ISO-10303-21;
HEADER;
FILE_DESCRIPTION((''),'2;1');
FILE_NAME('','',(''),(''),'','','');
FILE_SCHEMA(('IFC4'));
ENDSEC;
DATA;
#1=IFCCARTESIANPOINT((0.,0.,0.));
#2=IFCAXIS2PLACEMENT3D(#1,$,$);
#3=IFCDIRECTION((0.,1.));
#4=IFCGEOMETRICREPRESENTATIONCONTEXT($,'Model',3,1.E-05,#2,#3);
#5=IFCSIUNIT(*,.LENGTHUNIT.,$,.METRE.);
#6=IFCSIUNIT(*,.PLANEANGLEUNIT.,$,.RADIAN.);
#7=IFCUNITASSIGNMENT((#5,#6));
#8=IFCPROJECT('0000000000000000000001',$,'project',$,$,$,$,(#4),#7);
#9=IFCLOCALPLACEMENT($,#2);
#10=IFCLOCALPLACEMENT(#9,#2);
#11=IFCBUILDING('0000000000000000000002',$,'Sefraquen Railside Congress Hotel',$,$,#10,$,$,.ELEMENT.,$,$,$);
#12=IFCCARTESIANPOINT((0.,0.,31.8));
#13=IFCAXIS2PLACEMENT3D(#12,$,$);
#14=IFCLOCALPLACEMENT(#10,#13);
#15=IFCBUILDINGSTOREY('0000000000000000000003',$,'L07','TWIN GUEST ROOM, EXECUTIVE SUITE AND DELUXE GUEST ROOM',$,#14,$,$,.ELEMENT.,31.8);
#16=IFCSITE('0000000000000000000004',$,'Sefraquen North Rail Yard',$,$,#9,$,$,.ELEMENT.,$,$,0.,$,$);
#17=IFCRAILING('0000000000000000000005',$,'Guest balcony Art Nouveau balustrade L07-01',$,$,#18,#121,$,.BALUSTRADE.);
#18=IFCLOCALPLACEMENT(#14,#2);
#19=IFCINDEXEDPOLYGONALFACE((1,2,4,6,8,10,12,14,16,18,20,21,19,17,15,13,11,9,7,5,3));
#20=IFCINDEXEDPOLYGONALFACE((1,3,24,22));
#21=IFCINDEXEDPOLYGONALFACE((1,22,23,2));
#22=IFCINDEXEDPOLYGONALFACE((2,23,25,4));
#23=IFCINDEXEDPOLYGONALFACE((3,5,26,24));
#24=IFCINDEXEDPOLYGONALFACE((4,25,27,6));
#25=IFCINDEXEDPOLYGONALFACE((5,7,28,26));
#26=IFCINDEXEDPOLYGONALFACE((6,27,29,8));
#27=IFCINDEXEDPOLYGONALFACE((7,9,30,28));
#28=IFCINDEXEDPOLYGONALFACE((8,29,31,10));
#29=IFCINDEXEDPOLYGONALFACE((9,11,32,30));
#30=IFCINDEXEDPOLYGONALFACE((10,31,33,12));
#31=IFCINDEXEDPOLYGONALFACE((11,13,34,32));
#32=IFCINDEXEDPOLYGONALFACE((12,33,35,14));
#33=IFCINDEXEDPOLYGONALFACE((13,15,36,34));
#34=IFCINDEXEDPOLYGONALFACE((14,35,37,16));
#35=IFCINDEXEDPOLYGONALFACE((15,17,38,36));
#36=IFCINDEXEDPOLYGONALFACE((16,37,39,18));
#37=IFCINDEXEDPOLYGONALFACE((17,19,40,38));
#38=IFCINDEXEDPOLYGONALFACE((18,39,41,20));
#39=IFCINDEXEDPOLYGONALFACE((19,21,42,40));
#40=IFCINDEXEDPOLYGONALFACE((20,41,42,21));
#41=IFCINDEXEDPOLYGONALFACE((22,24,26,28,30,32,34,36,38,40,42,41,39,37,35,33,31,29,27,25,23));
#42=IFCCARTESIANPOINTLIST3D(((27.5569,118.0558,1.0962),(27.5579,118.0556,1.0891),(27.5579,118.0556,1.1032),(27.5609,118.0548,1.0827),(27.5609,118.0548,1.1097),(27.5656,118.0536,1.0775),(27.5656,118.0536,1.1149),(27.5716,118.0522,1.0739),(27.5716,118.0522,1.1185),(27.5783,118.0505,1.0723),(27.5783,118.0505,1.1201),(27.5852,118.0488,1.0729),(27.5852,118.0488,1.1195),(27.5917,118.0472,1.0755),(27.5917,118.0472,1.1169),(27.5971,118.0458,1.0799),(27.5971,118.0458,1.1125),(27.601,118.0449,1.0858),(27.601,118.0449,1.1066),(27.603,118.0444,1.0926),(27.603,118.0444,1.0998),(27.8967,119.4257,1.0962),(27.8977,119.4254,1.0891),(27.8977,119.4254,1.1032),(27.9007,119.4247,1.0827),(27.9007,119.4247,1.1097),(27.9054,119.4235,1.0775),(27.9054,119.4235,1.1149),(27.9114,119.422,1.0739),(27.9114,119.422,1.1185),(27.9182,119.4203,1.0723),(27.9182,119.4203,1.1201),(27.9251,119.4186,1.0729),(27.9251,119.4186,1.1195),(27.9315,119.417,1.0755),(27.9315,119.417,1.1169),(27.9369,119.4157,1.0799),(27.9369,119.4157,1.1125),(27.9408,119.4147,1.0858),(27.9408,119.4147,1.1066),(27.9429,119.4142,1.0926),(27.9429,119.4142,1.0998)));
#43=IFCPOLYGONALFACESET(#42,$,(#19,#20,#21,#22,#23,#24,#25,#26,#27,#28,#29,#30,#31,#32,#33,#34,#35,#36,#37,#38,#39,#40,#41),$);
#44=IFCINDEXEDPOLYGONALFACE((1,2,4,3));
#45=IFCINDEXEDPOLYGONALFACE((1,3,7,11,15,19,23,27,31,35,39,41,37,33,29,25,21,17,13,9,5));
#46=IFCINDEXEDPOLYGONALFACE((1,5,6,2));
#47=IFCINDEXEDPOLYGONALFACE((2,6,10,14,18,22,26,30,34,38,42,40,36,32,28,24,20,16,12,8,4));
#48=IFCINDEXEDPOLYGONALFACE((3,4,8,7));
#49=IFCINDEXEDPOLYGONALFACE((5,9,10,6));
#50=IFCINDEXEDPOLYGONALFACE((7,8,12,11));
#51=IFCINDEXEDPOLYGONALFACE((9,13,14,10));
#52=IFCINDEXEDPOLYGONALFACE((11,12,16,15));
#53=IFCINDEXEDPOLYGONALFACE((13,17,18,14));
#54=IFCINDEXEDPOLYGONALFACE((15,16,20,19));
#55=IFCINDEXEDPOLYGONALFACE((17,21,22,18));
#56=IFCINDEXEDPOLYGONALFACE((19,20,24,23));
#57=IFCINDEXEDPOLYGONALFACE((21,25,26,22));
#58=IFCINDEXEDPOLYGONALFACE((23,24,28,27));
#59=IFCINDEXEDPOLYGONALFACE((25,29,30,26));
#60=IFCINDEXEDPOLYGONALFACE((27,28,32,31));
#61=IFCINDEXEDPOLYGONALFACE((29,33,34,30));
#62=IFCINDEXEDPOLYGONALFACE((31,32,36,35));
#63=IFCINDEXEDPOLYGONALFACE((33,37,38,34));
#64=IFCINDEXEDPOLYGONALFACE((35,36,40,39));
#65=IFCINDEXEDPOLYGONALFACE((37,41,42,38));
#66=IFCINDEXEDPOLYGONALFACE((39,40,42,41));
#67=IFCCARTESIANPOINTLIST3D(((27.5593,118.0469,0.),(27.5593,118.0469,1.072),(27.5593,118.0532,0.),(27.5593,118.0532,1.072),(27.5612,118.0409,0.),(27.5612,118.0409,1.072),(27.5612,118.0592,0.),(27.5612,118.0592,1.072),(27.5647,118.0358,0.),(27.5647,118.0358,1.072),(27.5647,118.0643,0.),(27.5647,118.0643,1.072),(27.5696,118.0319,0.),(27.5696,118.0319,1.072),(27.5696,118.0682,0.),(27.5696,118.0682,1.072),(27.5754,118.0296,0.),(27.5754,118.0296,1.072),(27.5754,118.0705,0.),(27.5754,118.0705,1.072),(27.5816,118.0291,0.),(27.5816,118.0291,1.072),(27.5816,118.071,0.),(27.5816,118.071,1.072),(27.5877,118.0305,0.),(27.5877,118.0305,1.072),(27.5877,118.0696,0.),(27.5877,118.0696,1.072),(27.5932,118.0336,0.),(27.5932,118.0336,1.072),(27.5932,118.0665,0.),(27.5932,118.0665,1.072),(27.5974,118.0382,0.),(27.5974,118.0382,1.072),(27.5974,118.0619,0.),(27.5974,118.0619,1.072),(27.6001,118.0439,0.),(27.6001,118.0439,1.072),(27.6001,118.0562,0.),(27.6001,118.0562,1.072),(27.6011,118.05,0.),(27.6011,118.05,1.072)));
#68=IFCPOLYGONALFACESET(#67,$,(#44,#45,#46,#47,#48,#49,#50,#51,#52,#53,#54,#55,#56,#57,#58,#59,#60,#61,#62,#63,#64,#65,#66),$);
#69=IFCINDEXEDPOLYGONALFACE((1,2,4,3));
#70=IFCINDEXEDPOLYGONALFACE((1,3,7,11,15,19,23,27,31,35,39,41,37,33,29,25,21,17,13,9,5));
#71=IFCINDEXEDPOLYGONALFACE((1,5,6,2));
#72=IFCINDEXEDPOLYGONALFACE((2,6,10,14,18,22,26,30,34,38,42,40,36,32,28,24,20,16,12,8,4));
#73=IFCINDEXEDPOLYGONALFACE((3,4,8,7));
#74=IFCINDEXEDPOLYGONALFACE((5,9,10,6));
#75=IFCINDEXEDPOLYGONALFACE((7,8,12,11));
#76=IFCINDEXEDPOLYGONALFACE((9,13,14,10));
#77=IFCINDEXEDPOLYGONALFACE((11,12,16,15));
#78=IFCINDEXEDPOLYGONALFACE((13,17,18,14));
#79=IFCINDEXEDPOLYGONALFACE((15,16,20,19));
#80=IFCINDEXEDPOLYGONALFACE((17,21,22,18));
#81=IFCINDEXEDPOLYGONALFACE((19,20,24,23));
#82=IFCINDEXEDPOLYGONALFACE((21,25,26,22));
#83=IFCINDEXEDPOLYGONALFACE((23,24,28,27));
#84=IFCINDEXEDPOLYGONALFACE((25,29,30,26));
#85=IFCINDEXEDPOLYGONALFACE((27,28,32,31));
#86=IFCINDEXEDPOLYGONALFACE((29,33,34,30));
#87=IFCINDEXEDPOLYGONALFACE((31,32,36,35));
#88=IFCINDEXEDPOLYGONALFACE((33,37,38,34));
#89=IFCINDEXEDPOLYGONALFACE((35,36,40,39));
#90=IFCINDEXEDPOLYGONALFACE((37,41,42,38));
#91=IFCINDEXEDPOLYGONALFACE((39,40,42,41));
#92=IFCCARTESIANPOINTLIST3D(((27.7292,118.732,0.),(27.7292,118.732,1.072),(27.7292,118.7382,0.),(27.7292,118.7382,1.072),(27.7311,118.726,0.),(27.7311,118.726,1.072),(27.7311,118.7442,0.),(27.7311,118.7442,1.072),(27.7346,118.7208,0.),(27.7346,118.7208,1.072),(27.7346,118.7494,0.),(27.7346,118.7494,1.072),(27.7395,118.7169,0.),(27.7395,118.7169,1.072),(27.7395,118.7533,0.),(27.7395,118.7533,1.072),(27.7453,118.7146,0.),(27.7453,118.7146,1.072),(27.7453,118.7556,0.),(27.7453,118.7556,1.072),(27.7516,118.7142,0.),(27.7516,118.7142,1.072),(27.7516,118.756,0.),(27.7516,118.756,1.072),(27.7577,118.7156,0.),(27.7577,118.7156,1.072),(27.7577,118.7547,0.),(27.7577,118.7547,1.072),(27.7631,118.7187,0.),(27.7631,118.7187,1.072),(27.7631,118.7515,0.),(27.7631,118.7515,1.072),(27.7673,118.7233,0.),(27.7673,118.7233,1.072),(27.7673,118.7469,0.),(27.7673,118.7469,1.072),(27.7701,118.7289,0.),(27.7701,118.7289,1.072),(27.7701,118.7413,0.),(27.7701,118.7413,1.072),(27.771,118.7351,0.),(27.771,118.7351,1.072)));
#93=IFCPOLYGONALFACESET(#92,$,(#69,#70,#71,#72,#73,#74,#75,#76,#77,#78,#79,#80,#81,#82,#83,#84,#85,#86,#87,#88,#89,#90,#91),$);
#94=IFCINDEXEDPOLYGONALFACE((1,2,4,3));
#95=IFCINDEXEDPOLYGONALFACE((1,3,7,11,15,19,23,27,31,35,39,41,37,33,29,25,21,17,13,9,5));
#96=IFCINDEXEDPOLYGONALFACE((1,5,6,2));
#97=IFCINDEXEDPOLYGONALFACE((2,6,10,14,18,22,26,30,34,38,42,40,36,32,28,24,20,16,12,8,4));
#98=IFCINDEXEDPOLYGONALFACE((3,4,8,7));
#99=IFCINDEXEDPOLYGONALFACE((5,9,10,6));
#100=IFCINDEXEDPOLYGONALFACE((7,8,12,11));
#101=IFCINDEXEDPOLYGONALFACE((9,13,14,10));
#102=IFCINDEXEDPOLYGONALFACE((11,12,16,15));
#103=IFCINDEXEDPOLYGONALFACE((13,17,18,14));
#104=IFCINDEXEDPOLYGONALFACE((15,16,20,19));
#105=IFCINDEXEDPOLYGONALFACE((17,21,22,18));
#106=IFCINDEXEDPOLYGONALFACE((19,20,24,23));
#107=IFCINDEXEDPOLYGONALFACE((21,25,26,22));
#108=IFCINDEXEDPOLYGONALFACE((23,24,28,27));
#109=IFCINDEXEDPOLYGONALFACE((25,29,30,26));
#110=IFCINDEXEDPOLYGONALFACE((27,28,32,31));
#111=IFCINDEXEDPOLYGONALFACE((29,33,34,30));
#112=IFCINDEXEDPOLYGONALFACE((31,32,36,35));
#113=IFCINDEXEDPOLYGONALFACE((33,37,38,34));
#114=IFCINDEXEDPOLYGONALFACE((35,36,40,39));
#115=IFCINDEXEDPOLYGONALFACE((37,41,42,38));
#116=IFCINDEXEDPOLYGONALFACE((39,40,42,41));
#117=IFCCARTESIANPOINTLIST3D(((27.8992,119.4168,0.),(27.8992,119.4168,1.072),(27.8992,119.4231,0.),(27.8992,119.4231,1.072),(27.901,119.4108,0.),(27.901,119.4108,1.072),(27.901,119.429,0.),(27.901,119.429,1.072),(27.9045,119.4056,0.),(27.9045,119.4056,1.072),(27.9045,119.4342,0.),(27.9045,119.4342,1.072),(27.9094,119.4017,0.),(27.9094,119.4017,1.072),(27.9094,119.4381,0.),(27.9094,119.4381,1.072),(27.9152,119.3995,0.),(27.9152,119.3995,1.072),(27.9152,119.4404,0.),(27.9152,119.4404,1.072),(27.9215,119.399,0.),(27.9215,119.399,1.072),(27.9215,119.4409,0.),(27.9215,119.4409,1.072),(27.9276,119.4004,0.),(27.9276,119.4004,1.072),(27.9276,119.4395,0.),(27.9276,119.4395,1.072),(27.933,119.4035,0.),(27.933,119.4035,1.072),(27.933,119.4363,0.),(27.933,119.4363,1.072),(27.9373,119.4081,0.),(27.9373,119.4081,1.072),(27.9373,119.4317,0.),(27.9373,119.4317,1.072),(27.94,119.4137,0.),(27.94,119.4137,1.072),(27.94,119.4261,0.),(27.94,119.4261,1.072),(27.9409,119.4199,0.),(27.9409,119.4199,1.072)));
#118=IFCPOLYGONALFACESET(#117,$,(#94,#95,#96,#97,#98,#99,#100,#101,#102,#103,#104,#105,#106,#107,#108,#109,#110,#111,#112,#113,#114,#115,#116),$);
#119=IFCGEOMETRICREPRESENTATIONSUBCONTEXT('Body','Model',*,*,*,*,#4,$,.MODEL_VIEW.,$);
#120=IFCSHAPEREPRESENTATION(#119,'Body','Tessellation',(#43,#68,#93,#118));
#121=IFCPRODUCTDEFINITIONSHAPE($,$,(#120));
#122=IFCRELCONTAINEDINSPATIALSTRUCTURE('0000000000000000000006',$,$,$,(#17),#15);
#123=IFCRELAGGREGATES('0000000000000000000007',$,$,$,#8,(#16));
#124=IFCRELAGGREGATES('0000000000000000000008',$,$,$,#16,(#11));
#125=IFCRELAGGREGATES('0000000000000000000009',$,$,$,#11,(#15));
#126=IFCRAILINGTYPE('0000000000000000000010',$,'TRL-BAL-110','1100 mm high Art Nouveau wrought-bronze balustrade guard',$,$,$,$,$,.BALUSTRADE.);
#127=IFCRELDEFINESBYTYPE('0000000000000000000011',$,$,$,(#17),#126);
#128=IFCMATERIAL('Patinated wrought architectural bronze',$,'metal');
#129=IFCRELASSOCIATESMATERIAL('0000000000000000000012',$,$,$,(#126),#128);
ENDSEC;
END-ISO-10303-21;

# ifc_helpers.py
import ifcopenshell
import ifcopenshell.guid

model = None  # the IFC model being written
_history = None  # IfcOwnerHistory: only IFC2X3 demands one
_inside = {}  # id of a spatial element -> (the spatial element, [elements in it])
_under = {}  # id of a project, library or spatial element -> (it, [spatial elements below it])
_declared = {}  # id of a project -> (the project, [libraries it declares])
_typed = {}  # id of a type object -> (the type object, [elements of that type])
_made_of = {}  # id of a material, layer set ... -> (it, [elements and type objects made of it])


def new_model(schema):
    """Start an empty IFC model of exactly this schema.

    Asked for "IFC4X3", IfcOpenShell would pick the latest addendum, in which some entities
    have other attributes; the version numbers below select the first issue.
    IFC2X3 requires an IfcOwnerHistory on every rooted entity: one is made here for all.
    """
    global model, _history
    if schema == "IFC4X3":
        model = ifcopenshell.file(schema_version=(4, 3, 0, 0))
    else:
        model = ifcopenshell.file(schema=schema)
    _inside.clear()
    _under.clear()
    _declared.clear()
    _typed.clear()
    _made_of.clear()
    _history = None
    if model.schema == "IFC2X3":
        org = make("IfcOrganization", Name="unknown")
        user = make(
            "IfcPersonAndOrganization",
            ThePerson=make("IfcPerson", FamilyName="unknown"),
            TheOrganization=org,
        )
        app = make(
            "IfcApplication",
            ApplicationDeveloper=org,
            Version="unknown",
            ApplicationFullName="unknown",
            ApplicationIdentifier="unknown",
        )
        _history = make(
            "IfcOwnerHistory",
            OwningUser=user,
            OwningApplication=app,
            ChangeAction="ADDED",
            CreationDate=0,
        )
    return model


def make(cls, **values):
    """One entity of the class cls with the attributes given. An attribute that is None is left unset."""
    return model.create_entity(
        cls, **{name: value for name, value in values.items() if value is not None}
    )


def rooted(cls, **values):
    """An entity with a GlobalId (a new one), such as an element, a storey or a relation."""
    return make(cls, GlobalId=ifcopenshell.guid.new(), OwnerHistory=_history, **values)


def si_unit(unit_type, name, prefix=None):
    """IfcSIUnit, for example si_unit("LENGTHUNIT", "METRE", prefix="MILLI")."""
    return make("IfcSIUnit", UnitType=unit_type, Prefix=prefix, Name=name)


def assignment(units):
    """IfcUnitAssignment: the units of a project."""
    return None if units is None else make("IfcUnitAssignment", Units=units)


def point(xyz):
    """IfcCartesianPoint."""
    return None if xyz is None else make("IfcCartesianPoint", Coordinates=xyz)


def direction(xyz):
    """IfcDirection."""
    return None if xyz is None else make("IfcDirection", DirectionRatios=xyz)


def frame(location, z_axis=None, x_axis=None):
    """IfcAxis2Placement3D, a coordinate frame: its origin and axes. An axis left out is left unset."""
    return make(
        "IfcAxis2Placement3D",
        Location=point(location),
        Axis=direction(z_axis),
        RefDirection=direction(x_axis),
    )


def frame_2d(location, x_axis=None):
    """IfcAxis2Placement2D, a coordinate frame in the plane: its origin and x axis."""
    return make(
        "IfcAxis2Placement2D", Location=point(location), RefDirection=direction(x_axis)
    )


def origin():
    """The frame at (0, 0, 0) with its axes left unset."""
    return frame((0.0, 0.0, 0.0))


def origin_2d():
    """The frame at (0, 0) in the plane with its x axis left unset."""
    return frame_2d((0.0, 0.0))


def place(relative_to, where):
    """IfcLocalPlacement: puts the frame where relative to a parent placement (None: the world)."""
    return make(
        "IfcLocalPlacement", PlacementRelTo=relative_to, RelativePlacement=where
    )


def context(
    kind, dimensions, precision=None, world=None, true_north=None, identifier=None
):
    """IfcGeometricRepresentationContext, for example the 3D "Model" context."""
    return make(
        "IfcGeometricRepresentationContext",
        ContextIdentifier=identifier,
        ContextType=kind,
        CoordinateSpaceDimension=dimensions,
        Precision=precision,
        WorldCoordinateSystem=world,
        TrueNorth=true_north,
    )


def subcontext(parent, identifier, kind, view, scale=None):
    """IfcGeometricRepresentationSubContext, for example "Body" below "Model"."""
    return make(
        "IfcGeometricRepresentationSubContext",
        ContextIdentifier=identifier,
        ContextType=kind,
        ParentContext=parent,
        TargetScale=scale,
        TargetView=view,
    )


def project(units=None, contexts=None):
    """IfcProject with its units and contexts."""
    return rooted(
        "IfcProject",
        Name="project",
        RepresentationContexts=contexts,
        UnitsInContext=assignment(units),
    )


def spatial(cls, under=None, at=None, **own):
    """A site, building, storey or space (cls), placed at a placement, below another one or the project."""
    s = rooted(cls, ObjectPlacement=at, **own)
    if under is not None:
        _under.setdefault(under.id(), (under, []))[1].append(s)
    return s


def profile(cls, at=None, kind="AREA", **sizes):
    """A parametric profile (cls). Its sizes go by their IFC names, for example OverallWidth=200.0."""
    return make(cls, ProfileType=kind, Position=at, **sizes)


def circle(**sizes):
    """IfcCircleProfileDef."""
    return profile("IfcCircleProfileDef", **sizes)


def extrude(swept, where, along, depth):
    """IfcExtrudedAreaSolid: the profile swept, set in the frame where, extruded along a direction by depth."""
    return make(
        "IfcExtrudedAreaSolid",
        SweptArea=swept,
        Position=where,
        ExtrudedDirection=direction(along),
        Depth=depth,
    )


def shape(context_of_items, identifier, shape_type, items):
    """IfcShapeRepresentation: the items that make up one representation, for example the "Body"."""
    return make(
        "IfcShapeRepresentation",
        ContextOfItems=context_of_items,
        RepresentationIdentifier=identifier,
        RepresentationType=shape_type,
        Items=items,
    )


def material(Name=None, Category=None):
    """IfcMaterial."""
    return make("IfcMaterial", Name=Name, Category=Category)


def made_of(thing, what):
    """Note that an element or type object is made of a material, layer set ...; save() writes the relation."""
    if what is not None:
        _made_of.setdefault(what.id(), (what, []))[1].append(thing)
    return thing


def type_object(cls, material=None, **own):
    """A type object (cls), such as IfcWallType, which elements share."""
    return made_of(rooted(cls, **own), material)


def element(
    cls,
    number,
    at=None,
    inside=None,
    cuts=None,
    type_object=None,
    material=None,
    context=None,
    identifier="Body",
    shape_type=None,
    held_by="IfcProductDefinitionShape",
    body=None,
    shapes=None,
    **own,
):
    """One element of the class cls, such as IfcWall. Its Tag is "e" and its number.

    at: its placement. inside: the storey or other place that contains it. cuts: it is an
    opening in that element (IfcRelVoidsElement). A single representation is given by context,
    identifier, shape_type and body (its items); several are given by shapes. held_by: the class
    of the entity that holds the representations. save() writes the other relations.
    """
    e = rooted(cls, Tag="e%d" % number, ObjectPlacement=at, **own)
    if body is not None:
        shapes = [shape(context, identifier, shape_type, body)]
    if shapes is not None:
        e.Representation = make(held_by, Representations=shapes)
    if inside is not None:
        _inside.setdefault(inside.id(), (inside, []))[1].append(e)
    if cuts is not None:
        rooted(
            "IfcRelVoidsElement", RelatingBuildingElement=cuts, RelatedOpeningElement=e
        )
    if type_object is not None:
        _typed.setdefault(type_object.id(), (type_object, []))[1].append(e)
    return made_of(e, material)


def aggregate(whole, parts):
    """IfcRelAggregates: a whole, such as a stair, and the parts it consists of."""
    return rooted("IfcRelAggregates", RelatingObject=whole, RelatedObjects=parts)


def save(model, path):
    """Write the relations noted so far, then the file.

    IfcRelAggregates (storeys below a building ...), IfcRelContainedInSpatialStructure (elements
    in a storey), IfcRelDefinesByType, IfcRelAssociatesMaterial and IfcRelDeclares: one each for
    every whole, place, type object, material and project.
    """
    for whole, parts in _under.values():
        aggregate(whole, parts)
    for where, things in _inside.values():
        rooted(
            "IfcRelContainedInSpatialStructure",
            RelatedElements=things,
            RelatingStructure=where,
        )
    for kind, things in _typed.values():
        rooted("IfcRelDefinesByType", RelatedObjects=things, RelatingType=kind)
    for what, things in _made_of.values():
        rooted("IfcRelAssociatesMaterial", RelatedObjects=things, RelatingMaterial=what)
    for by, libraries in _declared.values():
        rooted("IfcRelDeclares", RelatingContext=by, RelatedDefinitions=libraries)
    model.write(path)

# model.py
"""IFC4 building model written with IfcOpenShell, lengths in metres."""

from ifc_helpers import new_model, si_unit, direction, frame, origin, origin_2d, place, context, subcontext, project, spatial, circle, extrude, material, type_object, element, save


model = new_model("IFC4")

# Units and contexts
model_context = context("Model", 3, precision=1e-05, world=origin(), true_north=direction((0.0, 1.0)))
body_context = subcontext(model_context, "Body", "Model", "MODEL_VIEW")
ifc_project = project(units=[si_unit("LENGTHUNIT", "METRE"), si_unit("PLANEANGLEUNIT", "RADIAN")], contexts=[model_context])

# Site, building, storey
site_placement = place(None, origin())
site = spatial("IfcSite", under=ifc_project, at=site_placement, Name="Sefraquen North Rail Yard", CompositionType="ELEMENT", RefElevation=0.0)
building_placement = place(site_placement, origin())
building = spatial("IfcBuilding", under=site, at=building_placement, Name="Sefraquen Railside Congress Hotel", CompositionType="ELEMENT")
storey_placement = place(building_placement, frame((0.0, 0.0, 31.8)))
storey = spatial("IfcBuildingStorey", under=building, at=storey_placement, Name="L07", Description="TWIN GUEST ROOM, EXECUTIVE SUITE AND DELUXE GUEST ROOM", CompositionType="ELEMENT", Elevation=31.8)

# Railing
ifc_material_1 = material(Name="Patinated wrought architectural bronze", Category="metal")
railing_type = type_object("IfcRailingType", Name="TRL-BAL-110", Description="1100 mm high Art Nouveau wrought-bronze balustrade guard", PredefinedType="BALUSTRADE", material=ifc_material_1)
railing_1_placement = place(storey_placement, frame((27.5801, 118.05, 0.0)))
element("IfcRailing", 1, at=railing_1_placement, inside=storey, type_object=railing_type, Name="Guest balcony Art Nouveau balustrade L07-01", PredefinedType="BALUSTRADE", context=body_context, shape_type="SweptSolid", body=[
    extrude(circle(Radius=0.0239, at=origin_2d()), frame((0.0, 0.0, 1.0962), z_axis=(0.240785, 0.970578, 0.0), x_axis=(-0.970578, 0.240785, 0.0)), (0.0, 0.0, 1.0), 1.4114),
    extrude(circle(Radius=0.021, at=origin_2d()), origin(), (0.0, 0.0, 1.0), 1.072),
    extrude(circle(Radius=0.021, at=origin_2d()), frame((0.1699, 0.6851, 0.0)), (0.0, 0.0, 1.0), 1.072),
    extrude(circle(Radius=0.021, at=origin_2d()), frame((0.3398, 1.3699, 0.0)), (0.0, 0.0, 1.0), 1.072),
])

save(model, "model.ifc")
